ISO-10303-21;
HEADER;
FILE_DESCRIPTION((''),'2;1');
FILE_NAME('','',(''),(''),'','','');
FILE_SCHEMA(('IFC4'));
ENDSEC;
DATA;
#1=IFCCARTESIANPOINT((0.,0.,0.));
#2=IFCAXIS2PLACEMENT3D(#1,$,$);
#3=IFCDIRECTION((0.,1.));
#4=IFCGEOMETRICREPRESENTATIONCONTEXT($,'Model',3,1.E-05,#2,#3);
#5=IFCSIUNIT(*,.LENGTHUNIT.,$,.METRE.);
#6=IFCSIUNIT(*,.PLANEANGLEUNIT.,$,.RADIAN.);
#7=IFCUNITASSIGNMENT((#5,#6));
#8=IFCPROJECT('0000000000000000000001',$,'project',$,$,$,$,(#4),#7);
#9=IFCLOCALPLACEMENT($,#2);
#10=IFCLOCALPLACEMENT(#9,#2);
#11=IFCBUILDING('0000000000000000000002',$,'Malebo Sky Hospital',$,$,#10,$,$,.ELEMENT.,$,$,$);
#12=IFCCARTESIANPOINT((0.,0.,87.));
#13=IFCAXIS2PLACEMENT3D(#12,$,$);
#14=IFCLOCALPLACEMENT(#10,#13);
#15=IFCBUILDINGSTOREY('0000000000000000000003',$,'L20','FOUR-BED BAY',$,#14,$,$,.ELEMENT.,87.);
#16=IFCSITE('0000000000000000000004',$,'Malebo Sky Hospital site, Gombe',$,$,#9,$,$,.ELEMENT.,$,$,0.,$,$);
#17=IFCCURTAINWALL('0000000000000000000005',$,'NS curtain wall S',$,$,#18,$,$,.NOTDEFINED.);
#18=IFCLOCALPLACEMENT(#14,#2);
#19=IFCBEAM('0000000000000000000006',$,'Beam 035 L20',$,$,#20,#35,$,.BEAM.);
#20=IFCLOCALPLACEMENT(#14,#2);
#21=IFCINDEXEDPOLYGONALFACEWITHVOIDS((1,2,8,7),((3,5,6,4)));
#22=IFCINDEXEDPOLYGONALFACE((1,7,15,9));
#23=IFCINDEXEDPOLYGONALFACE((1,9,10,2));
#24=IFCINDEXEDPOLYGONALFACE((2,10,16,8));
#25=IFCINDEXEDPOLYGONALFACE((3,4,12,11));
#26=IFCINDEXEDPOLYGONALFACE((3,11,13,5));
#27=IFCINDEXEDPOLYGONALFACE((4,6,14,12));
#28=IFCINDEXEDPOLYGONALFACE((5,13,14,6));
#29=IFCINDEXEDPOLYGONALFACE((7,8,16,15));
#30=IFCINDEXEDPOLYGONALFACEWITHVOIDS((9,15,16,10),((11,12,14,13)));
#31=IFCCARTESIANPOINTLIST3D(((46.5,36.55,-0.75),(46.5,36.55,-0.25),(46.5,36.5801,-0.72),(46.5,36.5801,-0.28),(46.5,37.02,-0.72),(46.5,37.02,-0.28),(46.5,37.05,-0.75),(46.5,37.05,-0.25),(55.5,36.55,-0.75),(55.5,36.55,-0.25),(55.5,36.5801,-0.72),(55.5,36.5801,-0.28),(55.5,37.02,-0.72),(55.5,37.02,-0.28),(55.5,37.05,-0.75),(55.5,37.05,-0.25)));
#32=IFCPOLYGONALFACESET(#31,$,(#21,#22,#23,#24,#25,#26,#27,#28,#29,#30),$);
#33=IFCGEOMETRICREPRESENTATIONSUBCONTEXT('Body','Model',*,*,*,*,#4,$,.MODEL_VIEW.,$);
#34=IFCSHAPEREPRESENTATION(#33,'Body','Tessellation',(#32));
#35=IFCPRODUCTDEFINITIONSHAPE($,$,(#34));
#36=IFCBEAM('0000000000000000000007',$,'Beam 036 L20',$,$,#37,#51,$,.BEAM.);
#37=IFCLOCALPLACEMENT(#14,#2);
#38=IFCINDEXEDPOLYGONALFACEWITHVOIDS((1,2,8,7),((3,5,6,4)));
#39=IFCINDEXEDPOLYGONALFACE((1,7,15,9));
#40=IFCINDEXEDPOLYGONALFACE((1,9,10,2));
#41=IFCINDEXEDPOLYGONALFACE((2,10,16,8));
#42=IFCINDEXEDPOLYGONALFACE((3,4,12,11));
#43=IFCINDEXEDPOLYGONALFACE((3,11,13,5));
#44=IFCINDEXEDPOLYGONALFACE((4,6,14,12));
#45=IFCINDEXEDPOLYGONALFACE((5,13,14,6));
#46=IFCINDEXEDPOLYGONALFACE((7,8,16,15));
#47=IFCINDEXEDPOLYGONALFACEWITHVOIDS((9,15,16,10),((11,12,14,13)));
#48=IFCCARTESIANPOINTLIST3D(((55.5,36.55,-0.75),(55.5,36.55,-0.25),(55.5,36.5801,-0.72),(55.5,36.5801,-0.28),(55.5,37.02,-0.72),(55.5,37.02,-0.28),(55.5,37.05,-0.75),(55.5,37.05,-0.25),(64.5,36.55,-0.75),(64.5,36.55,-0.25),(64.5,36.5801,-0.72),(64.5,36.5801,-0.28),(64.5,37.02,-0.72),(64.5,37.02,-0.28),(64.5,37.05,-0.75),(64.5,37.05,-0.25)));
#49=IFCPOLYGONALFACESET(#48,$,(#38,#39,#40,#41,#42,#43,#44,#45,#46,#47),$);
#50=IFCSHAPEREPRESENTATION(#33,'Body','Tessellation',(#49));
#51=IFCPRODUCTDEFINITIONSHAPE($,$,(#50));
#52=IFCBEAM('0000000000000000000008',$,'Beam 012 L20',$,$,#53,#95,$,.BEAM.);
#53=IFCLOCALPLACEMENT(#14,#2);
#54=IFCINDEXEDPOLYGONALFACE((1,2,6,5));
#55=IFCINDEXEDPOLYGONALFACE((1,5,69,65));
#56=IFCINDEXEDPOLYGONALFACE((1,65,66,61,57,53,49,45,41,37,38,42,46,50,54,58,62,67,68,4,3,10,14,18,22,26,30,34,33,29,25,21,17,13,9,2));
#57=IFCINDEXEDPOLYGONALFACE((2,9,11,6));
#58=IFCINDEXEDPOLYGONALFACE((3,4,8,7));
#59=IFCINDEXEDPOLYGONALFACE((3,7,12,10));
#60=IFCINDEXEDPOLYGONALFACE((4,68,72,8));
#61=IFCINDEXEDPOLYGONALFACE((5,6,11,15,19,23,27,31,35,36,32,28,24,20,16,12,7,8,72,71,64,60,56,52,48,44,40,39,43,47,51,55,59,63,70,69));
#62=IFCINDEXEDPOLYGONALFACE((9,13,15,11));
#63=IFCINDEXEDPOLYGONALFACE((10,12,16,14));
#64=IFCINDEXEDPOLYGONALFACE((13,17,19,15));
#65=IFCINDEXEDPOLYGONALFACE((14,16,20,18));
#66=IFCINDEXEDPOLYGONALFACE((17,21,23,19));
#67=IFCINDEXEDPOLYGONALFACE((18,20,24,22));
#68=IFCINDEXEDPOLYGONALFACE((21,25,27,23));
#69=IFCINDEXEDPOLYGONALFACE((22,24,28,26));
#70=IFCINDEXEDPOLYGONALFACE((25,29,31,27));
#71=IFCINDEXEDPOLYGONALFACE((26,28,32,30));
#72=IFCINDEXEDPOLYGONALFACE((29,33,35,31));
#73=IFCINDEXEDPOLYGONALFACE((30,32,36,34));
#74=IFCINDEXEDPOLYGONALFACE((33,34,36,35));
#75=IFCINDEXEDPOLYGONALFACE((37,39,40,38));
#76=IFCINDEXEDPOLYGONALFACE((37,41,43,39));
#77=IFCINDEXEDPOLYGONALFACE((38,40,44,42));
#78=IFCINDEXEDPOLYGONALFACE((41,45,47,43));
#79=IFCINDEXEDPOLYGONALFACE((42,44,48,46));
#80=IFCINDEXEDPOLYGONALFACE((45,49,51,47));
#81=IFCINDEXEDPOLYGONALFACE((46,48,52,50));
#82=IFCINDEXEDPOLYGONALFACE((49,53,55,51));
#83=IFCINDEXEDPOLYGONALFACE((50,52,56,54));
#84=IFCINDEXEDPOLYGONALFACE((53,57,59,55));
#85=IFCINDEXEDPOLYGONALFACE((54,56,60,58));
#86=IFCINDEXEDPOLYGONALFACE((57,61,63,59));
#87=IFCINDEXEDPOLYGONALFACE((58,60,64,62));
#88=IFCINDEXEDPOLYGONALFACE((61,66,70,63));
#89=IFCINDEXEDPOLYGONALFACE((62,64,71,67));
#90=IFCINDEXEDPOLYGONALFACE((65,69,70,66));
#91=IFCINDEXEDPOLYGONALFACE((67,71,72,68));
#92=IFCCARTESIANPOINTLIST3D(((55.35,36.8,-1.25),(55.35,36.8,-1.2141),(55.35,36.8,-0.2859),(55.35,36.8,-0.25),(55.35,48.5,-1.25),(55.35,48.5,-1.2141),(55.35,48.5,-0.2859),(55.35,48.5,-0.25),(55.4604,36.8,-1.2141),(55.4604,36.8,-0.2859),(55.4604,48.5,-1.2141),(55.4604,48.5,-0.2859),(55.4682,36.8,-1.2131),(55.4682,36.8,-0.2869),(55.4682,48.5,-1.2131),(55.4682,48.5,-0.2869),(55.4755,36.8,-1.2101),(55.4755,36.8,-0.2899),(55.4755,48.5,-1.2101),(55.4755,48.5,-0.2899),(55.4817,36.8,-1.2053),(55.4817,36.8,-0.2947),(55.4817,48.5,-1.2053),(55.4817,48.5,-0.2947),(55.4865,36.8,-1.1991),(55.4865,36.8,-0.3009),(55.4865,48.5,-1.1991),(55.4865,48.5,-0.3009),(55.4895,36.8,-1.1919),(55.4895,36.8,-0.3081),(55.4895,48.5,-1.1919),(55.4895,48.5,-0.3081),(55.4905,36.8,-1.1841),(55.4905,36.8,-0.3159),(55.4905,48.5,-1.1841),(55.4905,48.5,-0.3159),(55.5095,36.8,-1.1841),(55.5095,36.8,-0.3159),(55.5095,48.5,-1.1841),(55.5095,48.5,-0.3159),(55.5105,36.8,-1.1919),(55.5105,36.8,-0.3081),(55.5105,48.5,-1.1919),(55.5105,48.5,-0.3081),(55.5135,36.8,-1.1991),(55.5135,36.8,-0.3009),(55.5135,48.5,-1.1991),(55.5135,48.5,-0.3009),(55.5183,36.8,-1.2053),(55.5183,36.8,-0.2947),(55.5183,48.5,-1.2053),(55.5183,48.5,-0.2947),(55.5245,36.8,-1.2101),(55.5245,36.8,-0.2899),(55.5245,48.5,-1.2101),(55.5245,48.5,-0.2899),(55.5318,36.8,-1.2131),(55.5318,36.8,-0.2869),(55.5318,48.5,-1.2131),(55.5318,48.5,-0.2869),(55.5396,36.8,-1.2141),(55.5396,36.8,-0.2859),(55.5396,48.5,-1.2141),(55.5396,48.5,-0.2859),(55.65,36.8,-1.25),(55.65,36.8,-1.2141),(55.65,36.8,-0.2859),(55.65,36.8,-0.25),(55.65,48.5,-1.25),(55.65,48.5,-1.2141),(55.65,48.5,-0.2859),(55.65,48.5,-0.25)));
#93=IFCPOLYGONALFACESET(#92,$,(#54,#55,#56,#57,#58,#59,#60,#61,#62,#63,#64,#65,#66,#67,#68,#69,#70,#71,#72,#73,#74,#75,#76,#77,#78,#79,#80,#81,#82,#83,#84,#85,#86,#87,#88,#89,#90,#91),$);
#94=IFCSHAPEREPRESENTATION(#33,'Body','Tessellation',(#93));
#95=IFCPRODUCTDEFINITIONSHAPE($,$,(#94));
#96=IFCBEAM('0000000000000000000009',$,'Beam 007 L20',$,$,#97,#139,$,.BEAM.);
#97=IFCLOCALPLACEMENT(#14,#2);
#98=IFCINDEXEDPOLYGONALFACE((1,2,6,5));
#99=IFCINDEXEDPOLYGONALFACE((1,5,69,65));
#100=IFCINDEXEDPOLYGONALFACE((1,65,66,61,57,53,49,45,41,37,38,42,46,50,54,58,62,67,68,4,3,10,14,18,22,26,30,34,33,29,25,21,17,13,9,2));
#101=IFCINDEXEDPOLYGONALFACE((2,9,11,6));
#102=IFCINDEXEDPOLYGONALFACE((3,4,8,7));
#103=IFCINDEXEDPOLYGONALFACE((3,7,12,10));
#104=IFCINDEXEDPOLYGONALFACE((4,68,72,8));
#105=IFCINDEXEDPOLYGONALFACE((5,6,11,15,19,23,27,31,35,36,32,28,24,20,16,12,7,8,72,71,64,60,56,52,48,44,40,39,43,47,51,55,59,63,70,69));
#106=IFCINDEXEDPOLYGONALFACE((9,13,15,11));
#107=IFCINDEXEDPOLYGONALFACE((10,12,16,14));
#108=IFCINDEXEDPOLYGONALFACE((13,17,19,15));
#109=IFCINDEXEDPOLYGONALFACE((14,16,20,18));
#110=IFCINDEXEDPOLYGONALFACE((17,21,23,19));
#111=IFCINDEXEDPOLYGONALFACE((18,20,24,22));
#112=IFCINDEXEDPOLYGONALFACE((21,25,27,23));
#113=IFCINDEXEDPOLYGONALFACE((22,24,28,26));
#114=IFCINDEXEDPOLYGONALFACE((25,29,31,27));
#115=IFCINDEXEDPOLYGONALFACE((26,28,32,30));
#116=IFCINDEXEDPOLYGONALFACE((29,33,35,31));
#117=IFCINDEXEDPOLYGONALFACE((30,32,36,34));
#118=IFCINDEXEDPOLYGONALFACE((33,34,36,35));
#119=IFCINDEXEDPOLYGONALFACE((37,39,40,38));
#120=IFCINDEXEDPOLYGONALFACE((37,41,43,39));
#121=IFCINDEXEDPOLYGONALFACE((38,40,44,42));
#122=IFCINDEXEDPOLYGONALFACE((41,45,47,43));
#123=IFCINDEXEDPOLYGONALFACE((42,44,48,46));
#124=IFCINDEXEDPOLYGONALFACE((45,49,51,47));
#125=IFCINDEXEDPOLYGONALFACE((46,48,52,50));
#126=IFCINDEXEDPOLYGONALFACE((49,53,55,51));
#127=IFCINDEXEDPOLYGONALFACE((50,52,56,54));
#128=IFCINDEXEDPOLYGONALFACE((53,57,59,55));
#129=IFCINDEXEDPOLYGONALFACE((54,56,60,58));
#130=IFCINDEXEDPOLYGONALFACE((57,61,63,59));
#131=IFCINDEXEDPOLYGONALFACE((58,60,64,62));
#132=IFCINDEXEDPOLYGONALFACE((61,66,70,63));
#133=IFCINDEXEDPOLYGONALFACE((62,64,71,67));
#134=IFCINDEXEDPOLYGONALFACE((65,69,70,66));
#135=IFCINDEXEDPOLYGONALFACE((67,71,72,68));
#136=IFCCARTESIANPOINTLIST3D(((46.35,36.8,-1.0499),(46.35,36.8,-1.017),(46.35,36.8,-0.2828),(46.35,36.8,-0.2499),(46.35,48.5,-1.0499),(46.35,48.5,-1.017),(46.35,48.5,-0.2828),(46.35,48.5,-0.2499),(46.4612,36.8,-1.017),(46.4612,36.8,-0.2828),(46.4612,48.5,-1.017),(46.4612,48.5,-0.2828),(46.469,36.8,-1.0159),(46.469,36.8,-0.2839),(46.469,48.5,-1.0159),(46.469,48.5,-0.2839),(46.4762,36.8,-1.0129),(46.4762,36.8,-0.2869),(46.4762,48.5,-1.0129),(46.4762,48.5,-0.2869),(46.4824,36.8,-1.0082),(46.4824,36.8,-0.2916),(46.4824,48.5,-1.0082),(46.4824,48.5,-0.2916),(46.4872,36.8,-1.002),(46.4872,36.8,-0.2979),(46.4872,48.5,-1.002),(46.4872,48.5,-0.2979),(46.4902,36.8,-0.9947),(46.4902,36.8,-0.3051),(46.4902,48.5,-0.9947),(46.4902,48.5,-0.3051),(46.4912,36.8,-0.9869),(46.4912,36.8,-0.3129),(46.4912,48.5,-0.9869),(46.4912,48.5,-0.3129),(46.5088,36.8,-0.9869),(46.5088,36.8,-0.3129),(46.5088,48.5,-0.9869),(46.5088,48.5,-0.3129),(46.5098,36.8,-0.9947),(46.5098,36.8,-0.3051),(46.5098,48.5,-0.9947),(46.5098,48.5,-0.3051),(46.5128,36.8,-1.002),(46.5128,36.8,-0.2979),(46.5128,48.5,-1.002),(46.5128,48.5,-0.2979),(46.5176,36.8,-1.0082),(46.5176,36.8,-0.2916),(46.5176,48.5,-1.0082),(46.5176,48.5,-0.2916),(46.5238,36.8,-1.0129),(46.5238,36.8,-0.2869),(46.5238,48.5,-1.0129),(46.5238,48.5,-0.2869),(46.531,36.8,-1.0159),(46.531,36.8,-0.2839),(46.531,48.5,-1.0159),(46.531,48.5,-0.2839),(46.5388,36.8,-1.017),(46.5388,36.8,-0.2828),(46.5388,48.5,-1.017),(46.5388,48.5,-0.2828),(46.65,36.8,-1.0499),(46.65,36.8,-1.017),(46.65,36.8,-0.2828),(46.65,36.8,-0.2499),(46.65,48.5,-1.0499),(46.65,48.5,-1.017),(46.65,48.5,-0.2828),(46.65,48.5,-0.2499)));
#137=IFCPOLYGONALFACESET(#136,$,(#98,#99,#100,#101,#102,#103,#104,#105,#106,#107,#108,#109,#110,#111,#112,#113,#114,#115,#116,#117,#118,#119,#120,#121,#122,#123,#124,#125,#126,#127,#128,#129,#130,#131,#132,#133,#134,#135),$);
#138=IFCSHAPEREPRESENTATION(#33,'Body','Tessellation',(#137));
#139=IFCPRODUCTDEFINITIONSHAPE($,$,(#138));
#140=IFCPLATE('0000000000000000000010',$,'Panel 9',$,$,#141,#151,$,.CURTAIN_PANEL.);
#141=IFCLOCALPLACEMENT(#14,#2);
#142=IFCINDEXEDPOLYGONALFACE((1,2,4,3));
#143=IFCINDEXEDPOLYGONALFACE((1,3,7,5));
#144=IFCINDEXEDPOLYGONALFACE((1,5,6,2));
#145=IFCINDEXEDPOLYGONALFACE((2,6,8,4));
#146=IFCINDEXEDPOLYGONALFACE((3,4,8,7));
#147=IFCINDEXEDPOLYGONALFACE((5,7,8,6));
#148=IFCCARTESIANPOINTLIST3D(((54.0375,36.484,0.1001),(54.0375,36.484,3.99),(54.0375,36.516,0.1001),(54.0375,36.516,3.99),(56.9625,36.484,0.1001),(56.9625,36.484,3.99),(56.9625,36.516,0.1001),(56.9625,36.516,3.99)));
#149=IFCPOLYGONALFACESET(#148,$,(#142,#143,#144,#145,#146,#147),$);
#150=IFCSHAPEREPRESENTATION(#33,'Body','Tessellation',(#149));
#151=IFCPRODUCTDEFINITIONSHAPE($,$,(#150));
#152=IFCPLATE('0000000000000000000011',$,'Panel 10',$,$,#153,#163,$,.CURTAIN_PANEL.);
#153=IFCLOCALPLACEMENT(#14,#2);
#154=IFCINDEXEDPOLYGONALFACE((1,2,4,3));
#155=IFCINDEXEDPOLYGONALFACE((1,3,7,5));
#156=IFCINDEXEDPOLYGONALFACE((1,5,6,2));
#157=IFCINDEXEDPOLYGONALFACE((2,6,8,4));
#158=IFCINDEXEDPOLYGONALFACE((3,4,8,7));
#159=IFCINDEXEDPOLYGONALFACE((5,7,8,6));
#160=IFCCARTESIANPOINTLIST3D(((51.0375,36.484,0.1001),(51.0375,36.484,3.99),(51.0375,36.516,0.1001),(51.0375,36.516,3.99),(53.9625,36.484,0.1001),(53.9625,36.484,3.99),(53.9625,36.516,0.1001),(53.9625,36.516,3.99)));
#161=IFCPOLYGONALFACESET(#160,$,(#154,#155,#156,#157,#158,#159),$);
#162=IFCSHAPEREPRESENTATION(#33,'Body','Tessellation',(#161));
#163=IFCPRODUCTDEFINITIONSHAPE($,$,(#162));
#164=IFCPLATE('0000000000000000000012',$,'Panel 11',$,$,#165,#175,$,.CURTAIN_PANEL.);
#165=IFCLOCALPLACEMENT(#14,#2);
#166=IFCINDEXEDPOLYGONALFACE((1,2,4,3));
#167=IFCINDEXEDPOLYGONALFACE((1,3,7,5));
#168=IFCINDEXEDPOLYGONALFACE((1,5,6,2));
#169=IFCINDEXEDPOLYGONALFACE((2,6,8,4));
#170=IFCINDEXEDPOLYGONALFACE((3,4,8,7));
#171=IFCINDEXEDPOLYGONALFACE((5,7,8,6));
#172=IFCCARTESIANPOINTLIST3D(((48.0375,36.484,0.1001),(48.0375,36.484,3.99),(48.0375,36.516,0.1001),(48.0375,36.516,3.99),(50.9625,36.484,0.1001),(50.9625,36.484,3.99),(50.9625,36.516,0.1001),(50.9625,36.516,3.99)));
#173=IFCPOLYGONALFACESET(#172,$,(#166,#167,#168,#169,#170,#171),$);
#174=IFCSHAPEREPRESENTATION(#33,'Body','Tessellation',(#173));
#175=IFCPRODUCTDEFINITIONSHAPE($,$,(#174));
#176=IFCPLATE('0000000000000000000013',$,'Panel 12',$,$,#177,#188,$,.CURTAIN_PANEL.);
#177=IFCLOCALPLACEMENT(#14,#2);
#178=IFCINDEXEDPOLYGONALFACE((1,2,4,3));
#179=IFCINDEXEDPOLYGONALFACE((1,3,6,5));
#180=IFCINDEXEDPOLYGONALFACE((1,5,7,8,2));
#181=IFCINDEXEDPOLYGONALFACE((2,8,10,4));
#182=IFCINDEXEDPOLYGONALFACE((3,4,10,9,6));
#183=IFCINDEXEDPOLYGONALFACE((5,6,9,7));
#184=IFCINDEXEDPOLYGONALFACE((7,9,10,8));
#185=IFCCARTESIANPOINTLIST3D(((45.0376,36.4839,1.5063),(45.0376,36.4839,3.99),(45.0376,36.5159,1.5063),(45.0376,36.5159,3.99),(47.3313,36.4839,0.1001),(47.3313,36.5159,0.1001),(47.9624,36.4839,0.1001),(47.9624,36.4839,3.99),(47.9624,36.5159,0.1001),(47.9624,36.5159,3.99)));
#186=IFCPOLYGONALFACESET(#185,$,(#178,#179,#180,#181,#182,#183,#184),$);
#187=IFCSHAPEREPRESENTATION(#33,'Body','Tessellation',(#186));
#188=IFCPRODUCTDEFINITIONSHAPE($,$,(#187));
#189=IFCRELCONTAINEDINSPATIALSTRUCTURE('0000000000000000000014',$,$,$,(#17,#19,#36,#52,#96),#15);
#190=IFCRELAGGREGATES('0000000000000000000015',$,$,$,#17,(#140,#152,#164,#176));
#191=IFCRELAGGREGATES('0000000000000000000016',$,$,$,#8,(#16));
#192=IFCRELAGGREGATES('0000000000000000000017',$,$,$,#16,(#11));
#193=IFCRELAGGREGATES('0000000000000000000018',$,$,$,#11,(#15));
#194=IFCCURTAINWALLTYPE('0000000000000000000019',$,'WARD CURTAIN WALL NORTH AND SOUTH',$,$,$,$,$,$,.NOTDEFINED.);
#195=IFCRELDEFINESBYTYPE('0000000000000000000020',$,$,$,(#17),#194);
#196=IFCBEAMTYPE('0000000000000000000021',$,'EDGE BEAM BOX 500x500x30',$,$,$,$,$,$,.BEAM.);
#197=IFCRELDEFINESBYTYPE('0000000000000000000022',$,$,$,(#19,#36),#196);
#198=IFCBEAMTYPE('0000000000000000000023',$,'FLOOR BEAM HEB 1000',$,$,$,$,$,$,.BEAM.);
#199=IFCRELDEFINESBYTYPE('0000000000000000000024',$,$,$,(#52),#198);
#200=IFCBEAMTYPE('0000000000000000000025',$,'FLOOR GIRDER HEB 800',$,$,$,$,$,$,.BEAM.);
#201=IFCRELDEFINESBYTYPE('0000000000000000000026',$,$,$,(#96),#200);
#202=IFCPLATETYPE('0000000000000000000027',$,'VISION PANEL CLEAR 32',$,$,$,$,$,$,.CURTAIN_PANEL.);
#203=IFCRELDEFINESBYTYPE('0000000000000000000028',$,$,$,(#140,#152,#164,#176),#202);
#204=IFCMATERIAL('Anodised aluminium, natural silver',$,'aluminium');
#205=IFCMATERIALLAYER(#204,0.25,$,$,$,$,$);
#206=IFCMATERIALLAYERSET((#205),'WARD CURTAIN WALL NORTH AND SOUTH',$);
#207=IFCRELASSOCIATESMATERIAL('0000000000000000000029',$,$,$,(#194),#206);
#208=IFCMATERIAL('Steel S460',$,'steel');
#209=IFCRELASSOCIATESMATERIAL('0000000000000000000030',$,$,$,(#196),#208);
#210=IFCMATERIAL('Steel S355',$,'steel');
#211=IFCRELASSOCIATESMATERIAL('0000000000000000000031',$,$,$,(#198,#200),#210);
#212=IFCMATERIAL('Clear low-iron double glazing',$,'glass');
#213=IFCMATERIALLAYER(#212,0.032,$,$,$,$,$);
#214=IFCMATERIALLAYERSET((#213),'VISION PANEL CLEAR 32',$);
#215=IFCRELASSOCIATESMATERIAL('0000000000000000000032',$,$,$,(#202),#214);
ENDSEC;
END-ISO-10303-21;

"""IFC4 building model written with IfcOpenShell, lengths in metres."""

from ifc_helpers import new_model, si_unit, direction, frame, origin, origin_2d, place, context, subcontext, project, spatial, polyline, rectangle, hollow_rectangle, i_section, outline, extrude, material, layer, layer_set, material_profile, profile_set, type_object, element, aggregate, save


model = new_model("IFC4")

# Units and contexts
model_context = context("Model", 3, precision=1e-05, world=origin(), true_north=direction((0.0, 1.0)))
body_context = subcontext(model_context, "Body", "Model", "MODEL_VIEW")
ifc_project = project(units=[si_unit("LENGTHUNIT", "METRE"), si_unit("PLANEANGLEUNIT", "RADIAN")], contexts=[model_context])

# Site, building, storey
site_placement = place(None, origin())
site = spatial("IfcSite", under=ifc_project, at=site_placement, Name="Malebo Sky Hospital site, Gombe", CompositionType="ELEMENT", RefElevation=0.0)
building_placement = place(site_placement, origin())
building = spatial("IfcBuilding", under=site, at=building_placement, Name="Malebo Sky Hospital", CompositionType="ELEMENT")
storey_placement = place(building_placement, frame((0.0, 0.0, 87.0)))
storey = spatial("IfcBuildingStorey", under=building, at=storey_placement, Name="L20", Description="FOUR-BED BAY", CompositionType="ELEMENT", Elevation=87.0)

# Shared definitions
ifc_material_1 = material(Name="Steel S460", Category="steel")

# Curtain wall
ifc_material_2 = material(Name="Anodised aluminium, natural silver", Category="aluminium")
ifc_layer_1 = layer(ifc_material_2, 0.25)
ifc_layer_set_1 = layer_set([ifc_layer_1], Name="WARD CURTAIN WALL NORTH AND SOUTH")
curtain_wall_type = type_object("IfcCurtainWallType", Name="WARD CURTAIN WALL NORTH AND SOUTH", PredefinedType="NOTDEFINED", material=ifc_layer_set_1)
curtain_wall_placement = place(storey_placement, origin())
curtain_wall = element("IfcCurtainWall", 1, at=curtain_wall_placement, inside=storey, type_object=curtain_wall_type, Name="NS curtain wall S", PredefinedType="NOTDEFINED")

# Shared definitions
ifc_material_3 = material(Name="Steel S355", Category="steel")

# Beams
ifc_material_profile_1 = material_profile(ifc_material_1, hollow_rectangle(XDim=0.5, YDim=0.5, WallThickness=0.03, at=origin_2d()), Name="BOX 500x500x30")
ifc_profile_set_1 = profile_set([ifc_material_profile_1], Name="Steel S460")
beam_type_1 = type_object("IfcBeamType", Name="EDGE BEAM BOX 500x500x30", PredefinedType="BEAM", material=ifc_profile_set_1)
for number, where, z_axis, x_axis, name in (
    (2, (46.5, 36.8, -0.5), (1.0, 0.0, 0.0), (0.0, 1.0, 0.0), "Beam 035 L20"),
    (3, (55.5, 36.8, -0.5), (1.0, 0.0, 0.0), (0.0, 1.0, 0.0), "Beam 036 L20"),
):
    element("IfcBeam", number, at=place(storey_placement, frame(where, z_axis=z_axis, x_axis=x_axis)), inside=storey, type_object=beam_type_1, Name=name, PredefinedType="BEAM", context=body_context, shape_type="SweptSolid", body=[
        extrude(hollow_rectangle(XDim=0.5, YDim=0.5, WallThickness=0.03, at=origin_2d()), origin(), (0.0, 0.0, 1.0), 9.0),
    ])
ifc_material_profile_2 = material_profile(ifc_material_3, i_section(OverallWidth=0.3, OverallDepth=1.0, WebThickness=0.019, FlangeThickness=0.0359, FilletRadius=0.03, at=origin_2d()), Name="HEB 1000")
ifc_profile_set_2 = profile_set([ifc_material_profile_2], Name="Steel S355")
beam_type_2 = type_object("IfcBeamType", Name="FLOOR BEAM HEB 1000", PredefinedType="BEAM", material=ifc_profile_set_2)
beam_1_placement = place(storey_placement, frame((55.5, 36.8, -0.75), z_axis=(0.0, 1.0, 0.0), x_axis=(-1.0, 0.0, 0.0)))
element("IfcBeam", 4, at=beam_1_placement, inside=storey, type_object=beam_type_2, Name="Beam 012 L20", PredefinedType="BEAM", context=body_context, shape_type="SweptSolid", body=[
    extrude(i_section(OverallWidth=0.3, OverallDepth=1.0, WebThickness=0.019, FlangeThickness=0.0359, FilletRadius=0.03, at=origin_2d()), origin(), (0.0, 0.0, 1.0), 11.7),
])
ifc_material_profile_3 = material_profile(ifc_material_3, i_section(OverallWidth=0.3, OverallDepth=0.8, WebThickness=0.0176, FlangeThickness=0.033, FilletRadius=0.03, at=origin_2d()), Name="HEB 800")
ifc_profile_set_3 = profile_set([ifc_material_profile_3], Name="Steel S355")
beam_type_3 = type_object("IfcBeamType", Name="FLOOR GIRDER HEB 800", PredefinedType="BEAM", material=ifc_profile_set_3)
beam_2_placement = place(storey_placement, frame((46.5, 36.8, -0.6499), z_axis=(0.0, 1.0, 0.0), x_axis=(-1.0, 0.0, 0.0)))
element("IfcBeam", 5, at=beam_2_placement, inside=storey, type_object=beam_type_3, Name="Beam 007 L20", PredefinedType="BEAM", context=body_context, shape_type="SweptSolid", body=[
    extrude(i_section(OverallWidth=0.3, OverallDepth=0.8, WebThickness=0.0176, FlangeThickness=0.033, FilletRadius=0.03, at=origin_2d()), origin(), (0.0, 0.0, 1.0), 11.7),
])

# Plates
ifc_material_4 = material(Name="Clear low-iron double glazing", Category="glass")
ifc_layer_2 = layer(ifc_material_4, 0.032)
ifc_layer_set_2 = layer_set([ifc_layer_2], Name="VISION PANEL CLEAR 32")
plate_type = type_object("IfcPlateType", Name="VISION PANEL CLEAR 32", PredefinedType="CURTAIN_PANEL", material=ifc_layer_set_2)
plate_1_placement = place(storey_placement, frame((55.5, 36.5, 0.1001), z_axis=(0.0, 0.0, 1.0), x_axis=(-1.0, 0.0, 0.0)))
plate_1 = element("IfcPlate", 6, at=plate_1_placement, type_object=plate_type, Name="Panel 9", PredefinedType="CURTAIN_PANEL", context=body_context, shape_type="SweptSolid", body=[
    extrude(rectangle(XDim=2.925, YDim=0.032, at=origin_2d()), origin(), (0.0, 0.0, 1.0), 3.8899),
])
plate_2_placement = place(storey_placement, frame((52.5, 36.5, 0.1001), z_axis=(0.0, 0.0, 1.0), x_axis=(-1.0, 0.0, 0.0)))
plate_2 = element("IfcPlate", 7, at=plate_2_placement, type_object=plate_type, Name="Panel 10", PredefinedType="CURTAIN_PANEL", context=body_context, shape_type="SweptSolid", body=[
    extrude(rectangle(XDim=2.925, YDim=0.032, at=origin_2d()), origin(), (0.0, 0.0, 1.0), 3.8899),
])
plate_3_placement = place(storey_placement, frame((49.5, 36.5, 0.1001), z_axis=(0.0, 0.0, 1.0), x_axis=(-1.0, 0.0, 0.0)))
plate_3 = element("IfcPlate", 8, at=plate_3_placement, type_object=plate_type, Name="Panel 11", PredefinedType="CURTAIN_PANEL", context=body_context, shape_type="SweptSolid", body=[
    extrude(rectangle(XDim=2.925, YDim=0.032, at=origin_2d()), origin(), (0.0, 0.0, 1.0), 3.8899),
])
plate_4_placement = place(storey_placement, frame((46.5, 36.5, 0.1001), z_axis=(0.0, 0.0, 1.0), x_axis=(-1.0, 0.0, 0.0)))
plate_4 = element("IfcPlate", 9, at=plate_4_placement, type_object=plate_type, Name="Panel 12", PredefinedType="CURTAIN_PANEL", context=body_context, shape_type="SweptSolid", body=[
    extrude(outline(polyline([(-1.4624, 0.0), (-0.8313, 0.0), (1.4624, 1.4062), (1.4624, 3.8899), (-1.4624, 3.8899), (-1.4624, 0.0)])), frame((0.0, 0.0161, 0.0), z_axis=(0.0, -1.0, 0.0), x_axis=(1.0, 0.0, 0.0)), (0.0, 0.0, 1.0), 0.032),
])
aggregate(curtain_wall, [plate_1, plate_2, plate_3, plate_4])

save(model, "model.ifc")
